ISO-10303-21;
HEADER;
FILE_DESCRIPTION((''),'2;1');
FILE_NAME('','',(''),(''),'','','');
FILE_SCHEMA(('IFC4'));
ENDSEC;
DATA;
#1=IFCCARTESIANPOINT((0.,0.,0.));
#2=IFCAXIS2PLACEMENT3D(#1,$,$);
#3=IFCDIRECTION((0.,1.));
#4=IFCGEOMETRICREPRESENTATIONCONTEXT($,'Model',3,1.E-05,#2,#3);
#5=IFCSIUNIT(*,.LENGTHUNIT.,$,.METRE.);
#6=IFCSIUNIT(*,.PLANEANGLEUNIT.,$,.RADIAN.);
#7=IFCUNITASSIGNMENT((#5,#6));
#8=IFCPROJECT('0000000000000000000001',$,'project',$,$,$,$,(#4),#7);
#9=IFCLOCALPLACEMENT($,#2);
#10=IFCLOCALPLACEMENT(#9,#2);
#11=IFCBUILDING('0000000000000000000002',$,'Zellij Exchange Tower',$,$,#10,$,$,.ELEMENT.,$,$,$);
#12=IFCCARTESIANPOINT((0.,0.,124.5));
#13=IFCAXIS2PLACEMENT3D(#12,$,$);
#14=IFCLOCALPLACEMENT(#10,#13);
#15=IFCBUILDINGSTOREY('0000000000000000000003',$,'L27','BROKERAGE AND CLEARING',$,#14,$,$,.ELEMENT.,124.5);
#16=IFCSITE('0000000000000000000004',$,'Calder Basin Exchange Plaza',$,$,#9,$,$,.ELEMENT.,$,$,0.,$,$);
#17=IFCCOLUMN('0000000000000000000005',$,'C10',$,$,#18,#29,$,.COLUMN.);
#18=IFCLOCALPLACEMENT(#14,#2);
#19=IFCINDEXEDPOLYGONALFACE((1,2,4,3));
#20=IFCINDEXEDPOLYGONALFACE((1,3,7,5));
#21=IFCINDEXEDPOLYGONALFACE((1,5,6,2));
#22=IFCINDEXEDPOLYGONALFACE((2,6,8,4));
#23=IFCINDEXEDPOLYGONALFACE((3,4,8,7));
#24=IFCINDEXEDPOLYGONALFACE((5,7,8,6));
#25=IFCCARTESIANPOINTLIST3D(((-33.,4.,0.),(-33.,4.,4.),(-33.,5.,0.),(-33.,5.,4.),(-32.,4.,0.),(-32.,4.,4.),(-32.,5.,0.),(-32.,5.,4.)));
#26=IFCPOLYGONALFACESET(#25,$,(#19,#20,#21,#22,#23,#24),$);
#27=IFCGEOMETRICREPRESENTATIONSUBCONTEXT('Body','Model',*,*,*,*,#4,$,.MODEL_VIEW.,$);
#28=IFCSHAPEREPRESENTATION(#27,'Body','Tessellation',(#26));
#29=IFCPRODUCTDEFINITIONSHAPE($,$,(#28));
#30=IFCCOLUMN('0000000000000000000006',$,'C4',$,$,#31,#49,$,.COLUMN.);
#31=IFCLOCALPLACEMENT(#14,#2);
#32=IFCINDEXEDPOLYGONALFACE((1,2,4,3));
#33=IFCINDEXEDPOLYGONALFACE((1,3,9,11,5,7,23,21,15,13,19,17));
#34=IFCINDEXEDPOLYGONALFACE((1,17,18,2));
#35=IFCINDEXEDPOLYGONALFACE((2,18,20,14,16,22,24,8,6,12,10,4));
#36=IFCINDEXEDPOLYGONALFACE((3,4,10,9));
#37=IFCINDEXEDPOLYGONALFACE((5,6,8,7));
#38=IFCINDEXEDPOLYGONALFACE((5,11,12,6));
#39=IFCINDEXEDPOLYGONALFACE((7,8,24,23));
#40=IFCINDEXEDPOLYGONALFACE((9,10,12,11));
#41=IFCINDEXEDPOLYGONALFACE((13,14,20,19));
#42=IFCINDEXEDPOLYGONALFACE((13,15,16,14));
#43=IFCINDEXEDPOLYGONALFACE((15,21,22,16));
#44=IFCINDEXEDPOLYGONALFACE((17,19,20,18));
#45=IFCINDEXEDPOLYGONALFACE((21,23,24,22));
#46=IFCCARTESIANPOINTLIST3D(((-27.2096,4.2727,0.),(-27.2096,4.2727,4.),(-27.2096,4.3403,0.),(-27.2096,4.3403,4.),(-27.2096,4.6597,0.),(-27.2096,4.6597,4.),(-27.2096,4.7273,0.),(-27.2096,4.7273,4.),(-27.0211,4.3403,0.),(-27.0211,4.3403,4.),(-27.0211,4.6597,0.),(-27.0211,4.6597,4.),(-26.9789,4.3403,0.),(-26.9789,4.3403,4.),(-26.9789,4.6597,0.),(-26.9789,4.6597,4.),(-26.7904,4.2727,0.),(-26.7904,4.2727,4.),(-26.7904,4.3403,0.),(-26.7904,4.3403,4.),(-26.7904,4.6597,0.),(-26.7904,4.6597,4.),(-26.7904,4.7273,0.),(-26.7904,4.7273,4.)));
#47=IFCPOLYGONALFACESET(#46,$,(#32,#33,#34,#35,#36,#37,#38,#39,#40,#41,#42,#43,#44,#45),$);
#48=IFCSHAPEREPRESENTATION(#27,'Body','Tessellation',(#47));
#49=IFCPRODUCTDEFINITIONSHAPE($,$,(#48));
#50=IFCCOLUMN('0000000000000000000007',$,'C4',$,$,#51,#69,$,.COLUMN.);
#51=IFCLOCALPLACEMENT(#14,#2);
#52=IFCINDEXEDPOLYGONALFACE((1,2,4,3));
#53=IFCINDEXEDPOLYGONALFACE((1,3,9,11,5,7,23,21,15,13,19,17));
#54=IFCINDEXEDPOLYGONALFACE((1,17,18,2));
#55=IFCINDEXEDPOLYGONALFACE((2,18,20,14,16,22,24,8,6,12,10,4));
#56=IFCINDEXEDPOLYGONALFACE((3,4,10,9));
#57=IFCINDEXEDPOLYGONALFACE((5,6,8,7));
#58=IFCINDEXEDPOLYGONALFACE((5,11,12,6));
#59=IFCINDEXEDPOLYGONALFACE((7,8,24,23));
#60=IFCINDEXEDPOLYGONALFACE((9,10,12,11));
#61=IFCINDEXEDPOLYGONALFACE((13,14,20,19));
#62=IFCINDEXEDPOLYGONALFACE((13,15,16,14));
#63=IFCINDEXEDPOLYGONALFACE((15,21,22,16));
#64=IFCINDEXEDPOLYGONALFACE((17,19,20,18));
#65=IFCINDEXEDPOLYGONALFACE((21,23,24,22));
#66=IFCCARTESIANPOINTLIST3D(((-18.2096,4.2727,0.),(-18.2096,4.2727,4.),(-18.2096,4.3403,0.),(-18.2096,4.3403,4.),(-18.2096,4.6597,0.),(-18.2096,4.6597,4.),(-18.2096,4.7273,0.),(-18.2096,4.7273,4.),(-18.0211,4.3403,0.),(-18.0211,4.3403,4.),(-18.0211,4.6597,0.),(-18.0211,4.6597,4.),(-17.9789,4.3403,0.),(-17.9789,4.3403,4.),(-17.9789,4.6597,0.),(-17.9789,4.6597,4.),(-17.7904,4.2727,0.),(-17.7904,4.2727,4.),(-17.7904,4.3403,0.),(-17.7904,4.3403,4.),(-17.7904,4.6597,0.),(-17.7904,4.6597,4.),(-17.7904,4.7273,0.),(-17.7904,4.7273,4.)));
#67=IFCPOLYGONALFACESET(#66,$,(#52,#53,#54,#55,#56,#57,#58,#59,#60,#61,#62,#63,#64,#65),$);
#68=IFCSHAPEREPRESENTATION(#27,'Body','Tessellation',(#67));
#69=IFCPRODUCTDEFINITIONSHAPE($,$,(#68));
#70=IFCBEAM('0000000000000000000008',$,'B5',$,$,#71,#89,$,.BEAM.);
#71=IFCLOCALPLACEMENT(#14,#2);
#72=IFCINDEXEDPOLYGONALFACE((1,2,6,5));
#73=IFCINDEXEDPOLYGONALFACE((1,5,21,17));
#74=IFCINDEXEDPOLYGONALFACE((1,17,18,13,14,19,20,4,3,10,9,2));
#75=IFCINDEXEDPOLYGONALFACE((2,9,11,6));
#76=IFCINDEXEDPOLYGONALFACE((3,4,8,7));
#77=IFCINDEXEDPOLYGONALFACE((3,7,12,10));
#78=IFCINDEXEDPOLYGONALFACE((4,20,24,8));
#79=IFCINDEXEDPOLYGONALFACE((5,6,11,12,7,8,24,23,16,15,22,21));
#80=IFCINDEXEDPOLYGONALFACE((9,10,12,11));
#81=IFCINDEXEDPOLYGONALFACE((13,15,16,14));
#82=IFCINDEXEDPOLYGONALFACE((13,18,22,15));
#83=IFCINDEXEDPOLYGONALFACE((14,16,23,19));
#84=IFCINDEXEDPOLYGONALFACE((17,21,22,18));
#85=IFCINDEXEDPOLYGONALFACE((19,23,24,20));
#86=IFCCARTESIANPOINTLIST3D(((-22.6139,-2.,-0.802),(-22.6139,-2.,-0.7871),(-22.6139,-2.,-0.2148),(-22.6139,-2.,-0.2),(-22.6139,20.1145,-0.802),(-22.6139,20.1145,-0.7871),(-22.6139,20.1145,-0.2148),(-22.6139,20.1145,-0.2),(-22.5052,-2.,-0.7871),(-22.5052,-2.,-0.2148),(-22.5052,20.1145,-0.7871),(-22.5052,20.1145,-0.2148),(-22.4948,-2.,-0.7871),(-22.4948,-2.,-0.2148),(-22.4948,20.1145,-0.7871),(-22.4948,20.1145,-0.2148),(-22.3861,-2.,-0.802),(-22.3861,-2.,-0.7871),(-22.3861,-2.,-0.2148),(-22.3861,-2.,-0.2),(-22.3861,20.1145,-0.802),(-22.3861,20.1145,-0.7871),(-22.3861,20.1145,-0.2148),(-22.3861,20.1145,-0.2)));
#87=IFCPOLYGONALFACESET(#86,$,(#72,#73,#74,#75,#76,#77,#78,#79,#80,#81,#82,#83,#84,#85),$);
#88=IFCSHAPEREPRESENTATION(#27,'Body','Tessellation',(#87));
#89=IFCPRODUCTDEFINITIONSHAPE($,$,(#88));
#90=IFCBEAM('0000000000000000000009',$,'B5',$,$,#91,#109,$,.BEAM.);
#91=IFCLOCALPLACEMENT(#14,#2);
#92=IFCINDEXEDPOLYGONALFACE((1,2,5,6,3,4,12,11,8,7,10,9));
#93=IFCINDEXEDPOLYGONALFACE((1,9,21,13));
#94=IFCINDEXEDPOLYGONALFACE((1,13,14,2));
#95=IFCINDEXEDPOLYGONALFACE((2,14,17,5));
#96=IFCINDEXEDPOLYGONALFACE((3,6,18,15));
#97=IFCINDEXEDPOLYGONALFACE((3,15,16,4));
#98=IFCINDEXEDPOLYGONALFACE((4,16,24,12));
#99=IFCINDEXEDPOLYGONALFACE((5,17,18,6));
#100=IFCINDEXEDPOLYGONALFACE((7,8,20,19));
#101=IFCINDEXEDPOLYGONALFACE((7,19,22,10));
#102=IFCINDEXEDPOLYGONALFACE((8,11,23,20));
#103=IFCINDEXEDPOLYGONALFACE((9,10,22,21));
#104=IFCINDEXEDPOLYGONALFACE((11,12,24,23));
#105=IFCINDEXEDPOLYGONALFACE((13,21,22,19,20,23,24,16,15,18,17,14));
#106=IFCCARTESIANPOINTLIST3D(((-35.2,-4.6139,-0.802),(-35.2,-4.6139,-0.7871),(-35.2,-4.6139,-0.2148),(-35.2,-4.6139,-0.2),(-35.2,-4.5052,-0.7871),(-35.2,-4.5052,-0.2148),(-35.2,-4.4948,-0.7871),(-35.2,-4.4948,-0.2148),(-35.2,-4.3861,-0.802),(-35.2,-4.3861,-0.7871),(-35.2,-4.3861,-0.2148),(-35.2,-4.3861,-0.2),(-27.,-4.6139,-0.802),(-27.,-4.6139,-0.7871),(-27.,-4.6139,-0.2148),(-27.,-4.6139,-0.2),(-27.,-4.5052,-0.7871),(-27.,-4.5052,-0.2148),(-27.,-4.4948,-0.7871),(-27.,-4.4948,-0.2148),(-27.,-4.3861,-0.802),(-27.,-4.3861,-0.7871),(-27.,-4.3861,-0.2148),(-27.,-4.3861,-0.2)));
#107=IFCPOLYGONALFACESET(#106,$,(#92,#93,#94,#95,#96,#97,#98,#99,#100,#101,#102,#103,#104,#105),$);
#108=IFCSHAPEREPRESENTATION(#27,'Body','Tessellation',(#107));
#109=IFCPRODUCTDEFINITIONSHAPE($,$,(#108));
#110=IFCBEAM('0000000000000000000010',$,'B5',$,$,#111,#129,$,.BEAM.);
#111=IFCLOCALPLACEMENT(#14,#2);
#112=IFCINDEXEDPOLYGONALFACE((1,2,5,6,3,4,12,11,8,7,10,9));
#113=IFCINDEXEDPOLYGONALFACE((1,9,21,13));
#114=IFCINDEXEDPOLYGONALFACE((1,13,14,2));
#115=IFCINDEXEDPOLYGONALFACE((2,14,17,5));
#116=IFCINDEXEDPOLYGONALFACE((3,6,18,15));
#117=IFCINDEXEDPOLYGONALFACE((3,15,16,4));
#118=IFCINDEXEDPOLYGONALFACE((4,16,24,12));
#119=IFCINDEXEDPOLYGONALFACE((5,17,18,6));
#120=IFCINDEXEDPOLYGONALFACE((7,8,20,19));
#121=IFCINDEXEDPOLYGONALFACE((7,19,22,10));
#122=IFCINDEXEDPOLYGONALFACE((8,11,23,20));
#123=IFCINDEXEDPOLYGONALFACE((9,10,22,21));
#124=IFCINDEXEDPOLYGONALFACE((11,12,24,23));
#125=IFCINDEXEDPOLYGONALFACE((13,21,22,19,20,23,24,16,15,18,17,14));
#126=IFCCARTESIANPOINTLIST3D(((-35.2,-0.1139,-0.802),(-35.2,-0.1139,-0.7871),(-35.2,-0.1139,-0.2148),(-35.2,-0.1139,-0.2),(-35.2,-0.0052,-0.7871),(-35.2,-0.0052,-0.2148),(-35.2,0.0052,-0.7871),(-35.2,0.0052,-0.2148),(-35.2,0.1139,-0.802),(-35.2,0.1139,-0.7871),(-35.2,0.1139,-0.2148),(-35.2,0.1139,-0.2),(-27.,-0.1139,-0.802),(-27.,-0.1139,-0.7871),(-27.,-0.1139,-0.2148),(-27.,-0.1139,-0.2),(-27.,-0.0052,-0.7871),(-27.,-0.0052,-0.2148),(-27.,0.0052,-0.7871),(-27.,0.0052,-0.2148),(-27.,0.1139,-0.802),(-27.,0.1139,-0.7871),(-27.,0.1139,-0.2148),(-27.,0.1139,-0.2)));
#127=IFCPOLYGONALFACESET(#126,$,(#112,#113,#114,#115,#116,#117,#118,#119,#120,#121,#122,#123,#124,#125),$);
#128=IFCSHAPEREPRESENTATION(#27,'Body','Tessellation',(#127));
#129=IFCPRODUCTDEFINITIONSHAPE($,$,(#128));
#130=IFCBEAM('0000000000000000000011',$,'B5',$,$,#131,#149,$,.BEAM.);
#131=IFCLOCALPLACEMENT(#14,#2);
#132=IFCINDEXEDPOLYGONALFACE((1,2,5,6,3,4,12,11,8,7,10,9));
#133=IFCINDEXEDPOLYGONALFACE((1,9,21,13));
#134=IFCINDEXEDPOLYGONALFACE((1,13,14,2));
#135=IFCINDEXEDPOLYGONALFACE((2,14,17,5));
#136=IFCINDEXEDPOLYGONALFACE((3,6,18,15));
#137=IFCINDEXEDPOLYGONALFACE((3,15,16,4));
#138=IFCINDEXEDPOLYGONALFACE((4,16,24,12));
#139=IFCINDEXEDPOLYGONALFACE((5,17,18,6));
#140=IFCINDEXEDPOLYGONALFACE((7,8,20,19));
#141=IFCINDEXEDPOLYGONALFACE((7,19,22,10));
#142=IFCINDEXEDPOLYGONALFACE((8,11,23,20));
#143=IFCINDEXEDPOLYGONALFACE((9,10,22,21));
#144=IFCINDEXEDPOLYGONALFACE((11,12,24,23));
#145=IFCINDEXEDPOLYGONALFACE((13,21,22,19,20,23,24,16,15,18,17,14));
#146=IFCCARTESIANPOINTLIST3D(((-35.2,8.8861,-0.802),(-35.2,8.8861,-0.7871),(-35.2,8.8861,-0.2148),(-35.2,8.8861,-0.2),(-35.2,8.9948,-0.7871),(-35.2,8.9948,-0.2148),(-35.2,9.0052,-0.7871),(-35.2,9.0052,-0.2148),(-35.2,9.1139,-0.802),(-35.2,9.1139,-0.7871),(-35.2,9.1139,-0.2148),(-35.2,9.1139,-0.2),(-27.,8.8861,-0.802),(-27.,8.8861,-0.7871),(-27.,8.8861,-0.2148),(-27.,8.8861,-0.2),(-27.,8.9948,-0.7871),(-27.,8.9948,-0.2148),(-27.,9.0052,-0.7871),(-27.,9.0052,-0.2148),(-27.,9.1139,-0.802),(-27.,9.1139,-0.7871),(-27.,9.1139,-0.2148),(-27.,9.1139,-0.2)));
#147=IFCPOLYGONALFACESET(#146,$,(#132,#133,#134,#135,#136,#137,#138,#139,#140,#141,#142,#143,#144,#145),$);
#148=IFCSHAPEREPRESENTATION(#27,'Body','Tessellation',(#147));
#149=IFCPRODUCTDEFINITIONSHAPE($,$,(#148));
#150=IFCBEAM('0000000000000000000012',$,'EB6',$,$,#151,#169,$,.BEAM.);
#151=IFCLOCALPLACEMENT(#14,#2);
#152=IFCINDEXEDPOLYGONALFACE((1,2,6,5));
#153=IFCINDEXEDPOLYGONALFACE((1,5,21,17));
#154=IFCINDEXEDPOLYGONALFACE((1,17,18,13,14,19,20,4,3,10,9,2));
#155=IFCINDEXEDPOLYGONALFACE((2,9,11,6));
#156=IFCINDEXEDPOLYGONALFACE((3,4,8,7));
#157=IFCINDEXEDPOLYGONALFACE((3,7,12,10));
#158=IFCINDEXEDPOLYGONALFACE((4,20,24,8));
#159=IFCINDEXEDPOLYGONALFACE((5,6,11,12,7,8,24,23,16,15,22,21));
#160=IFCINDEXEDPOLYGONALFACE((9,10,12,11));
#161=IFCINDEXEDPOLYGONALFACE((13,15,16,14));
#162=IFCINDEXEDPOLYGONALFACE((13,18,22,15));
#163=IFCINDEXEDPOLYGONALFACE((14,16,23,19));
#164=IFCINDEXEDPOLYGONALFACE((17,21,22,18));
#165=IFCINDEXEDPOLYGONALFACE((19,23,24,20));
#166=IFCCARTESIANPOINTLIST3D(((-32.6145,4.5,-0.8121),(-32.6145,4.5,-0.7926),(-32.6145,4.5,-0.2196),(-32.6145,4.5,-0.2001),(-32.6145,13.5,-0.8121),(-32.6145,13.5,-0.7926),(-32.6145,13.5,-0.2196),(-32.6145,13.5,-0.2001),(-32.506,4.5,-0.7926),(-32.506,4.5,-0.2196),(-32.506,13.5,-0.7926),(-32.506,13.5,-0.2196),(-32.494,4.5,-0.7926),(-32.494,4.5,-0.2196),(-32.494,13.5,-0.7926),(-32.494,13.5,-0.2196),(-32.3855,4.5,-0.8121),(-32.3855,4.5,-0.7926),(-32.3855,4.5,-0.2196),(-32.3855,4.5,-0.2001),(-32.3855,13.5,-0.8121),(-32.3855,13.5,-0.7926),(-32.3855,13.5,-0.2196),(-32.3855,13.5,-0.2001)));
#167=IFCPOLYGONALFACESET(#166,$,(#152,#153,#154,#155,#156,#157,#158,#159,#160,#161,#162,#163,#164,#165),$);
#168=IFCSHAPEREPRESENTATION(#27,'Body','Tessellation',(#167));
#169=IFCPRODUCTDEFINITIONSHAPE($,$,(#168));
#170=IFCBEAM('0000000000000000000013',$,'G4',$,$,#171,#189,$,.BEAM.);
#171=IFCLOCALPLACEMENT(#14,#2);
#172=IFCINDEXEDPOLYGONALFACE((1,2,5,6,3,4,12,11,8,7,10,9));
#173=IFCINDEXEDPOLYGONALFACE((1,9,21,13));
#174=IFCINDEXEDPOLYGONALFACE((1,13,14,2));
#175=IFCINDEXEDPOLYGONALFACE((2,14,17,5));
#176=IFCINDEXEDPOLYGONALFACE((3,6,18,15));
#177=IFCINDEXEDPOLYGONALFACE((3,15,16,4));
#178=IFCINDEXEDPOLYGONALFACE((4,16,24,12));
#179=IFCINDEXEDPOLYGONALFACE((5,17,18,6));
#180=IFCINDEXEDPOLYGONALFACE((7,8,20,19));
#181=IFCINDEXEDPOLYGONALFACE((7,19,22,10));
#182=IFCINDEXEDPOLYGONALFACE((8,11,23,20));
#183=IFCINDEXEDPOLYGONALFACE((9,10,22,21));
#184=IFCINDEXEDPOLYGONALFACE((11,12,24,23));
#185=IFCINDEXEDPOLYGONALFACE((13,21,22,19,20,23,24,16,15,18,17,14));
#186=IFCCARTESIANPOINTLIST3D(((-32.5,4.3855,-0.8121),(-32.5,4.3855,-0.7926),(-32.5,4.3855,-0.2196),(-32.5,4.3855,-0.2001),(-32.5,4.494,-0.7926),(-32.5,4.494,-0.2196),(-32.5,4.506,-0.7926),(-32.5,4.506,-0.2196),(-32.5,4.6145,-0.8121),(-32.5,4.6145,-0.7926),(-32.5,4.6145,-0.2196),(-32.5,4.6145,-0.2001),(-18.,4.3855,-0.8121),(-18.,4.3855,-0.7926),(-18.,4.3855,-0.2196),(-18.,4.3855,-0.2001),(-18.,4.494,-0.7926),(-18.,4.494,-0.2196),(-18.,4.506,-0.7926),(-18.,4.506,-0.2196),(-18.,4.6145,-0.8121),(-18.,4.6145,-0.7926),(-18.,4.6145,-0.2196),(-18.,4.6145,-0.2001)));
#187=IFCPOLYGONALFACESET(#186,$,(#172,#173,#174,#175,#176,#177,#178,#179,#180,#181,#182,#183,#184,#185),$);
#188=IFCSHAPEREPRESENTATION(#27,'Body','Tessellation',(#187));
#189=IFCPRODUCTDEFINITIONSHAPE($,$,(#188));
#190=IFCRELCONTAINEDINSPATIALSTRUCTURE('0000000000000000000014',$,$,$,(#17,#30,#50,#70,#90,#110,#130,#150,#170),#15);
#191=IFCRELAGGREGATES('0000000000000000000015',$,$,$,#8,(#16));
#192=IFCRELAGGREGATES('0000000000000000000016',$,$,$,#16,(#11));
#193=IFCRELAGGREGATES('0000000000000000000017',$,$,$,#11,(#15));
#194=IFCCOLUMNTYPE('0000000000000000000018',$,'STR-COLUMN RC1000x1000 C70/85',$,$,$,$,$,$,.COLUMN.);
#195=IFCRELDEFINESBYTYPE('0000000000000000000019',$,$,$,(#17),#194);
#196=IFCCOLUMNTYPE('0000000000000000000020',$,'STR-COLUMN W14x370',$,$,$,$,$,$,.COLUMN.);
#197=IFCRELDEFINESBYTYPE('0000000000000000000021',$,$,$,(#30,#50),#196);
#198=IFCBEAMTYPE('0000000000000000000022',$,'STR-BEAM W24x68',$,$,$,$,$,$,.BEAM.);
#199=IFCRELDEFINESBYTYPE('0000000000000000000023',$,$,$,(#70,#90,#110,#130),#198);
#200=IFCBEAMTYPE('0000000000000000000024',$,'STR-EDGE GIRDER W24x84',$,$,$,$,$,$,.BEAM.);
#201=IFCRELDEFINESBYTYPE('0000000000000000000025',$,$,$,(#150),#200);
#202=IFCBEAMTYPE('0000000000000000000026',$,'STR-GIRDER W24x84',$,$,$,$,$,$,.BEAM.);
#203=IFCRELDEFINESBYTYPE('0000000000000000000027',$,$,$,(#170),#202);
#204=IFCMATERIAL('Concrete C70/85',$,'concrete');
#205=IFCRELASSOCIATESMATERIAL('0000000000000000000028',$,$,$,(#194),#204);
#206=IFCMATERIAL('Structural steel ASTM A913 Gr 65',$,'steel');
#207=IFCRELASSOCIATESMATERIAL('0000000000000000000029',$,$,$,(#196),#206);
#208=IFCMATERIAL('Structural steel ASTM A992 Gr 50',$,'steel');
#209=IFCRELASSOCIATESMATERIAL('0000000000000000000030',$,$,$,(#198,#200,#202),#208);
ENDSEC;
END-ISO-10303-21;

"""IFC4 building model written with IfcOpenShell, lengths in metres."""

from ifc_helpers import new_model, si_unit, direction, frame, origin, origin_2d, place, context, subcontext, project, spatial, rectangle, i_section, extrude, material, material_profile, profile_set, type_object, element, save


model = new_model("IFC4")

# Units and contexts
model_context = context("Model", 3, precision=1e-05, world=origin(), true_north=direction((0.0, 1.0)))
body_context = subcontext(model_context, "Body", "Model", "MODEL_VIEW")
ifc_project = project(units=[si_unit("LENGTHUNIT", "METRE"), si_unit("PLANEANGLEUNIT", "RADIAN")], contexts=[model_context])

# Site, building, storey
site_placement = place(None, origin())
site = spatial("IfcSite", under=ifc_project, at=site_placement, Name="Calder Basin Exchange Plaza", CompositionType="ELEMENT", RefElevation=0.0)
building_placement = place(site_placement, origin())
building = spatial("IfcBuilding", under=site, at=building_placement, Name="Zellij Exchange Tower", CompositionType="ELEMENT")
storey_placement = place(building_placement, frame((0.0, 0.0, 124.5)))
storey = spatial("IfcBuildingStorey", under=building, at=storey_placement, Name="L27", Description="BROKERAGE AND CLEARING", CompositionType="ELEMENT", Elevation=124.5)

# Columns
ifc_material_1 = material(Name="Concrete C70/85", Category="concrete")
ifc_material_profile_1 = material_profile(ifc_material_1, rectangle(XDim=1.0, YDim=1.0, at=origin_2d()), Name="STR-COLUMN RC1000x1000 C70/85")
ifc_profile_set_1 = profile_set([ifc_material_profile_1], Name="Concrete C70/85")
column_type_1 = type_object("IfcColumnType", Name="STR-COLUMN RC1000x1000 C70/85", PredefinedType="COLUMN", material=ifc_profile_set_1)
column_placement = place(storey_placement, frame((-32.5, 4.5, 0.0), z_axis=(0.0, 0.0, 1.0), x_axis=(1.0, 0.0, 0.0)))
element("IfcColumn", 1, at=column_placement, inside=storey, type_object=column_type_1, Name="C10", PredefinedType="COLUMN", context=body_context, shape_type="SweptSolid", body=[
    extrude(rectangle(XDim=1.0, YDim=1.0, at=origin_2d()), origin(), (0.0, 0.0, 1.0), 4.0),
])
ifc_material_2 = material(Name="Structural steel ASTM A913 Gr 65", Category="steel")
ifc_material_profile_2 = material_profile(ifc_material_2, i_section(OverallWidth=0.4192, OverallDepth=0.4546, WebThickness=0.0422, FlangeThickness=0.0676, at=origin_2d()), Name="W14x370")
ifc_profile_set_2 = profile_set([ifc_material_profile_2], Name="Structural steel ASTM A913 Gr 65")
column_type_2 = type_object("IfcColumnType", Name="STR-COLUMN W14x370", PredefinedType="COLUMN", material=ifc_profile_set_2)
for number, where, z_axis, x_axis, name in (
    (2, (-27.0, 4.5, 0.0), (0.0, 0.0, 1.0), (1.0, 0.0, 0.0), "C4"),
    (3, (-18.0, 4.5, 0.0), (0.0, 0.0, 1.0), (1.0, 0.0, 0.0), "C4"),
):
    element("IfcColumn", number, at=place(storey_placement, frame(where, z_axis=z_axis, x_axis=x_axis)), inside=storey, type_object=column_type_2, Name=name, PredefinedType="COLUMN", context=body_context, shape_type="SweptSolid", body=[
        extrude(i_section(OverallWidth=0.4192, OverallDepth=0.4546, WebThickness=0.0422, FlangeThickness=0.0676, at=origin_2d()), origin(), (0.0, 0.0, 1.0), 4.0),
    ])

# Beams
ifc_material_3 = material(Name="Structural steel ASTM A992 Gr 50", Category="steel")
ifc_material_profile_3 = material_profile(ifc_material_3, i_section(OverallWidth=0.2278, OverallDepth=0.6021, WebThickness=0.0105, FlangeThickness=0.0149, at=origin_2d()), Name="W24x68")
ifc_profile_set_3 = profile_set([ifc_material_profile_3], Name="Structural steel ASTM A992 Gr 50")
beam_type_1 = type_object("IfcBeamType", Name="STR-BEAM W24x68", PredefinedType="BEAM", material=ifc_profile_set_3)
beam_1_placement = place(storey_placement, frame((-22.5, -2.0, -0.501), z_axis=(0.0, 1.0, 0.0), x_axis=(-1.0, 0.0, 0.0)))
element("IfcBeam", 4, at=beam_1_placement, inside=storey, type_object=beam_type_1, Name="B5", PredefinedType="BEAM", context=body_context, shape_type="SweptSolid", body=[
    extrude(i_section(OverallWidth=0.2278, OverallDepth=0.6021, WebThickness=0.0105, FlangeThickness=0.0149, at=origin_2d()), origin(), (0.0, 0.0, 1.0), 22.1145),
])
for number, where, z_axis, x_axis, name in (
    (5, (-35.2, -4.5, -0.501), (1.0, 0.0, 0.0), (0.0, 1.0, 0.0), "B5"),
    (6, (-35.2, 0.0, -0.501), (1.0, 0.0, 0.0), (0.0, 1.0, 0.0), "B5"),
    (7, (-35.2, 9.0, -0.501), (1.0, 0.0, 0.0), (0.0, 1.0, 0.0), "B5"),
):
    element("IfcBeam", number, at=place(storey_placement, frame(where, z_axis=z_axis, x_axis=x_axis)), inside=storey, type_object=beam_type_1, Name=name, PredefinedType="BEAM", context=body_context, shape_type="SweptSolid", body=[
        extrude(i_section(OverallWidth=0.2278, OverallDepth=0.6021, WebThickness=0.0105, FlangeThickness=0.0149, at=origin_2d()), origin(), (0.0, 0.0, 1.0), 8.2),
    ])
ifc_material_profile_4 = material_profile(ifc_material_3, i_section(OverallWidth=0.229, OverallDepth=0.6121, WebThickness=0.012, FlangeThickness=0.0195, at=origin_2d()), Name="W24x84")
ifc_profile_set_4 = profile_set([ifc_material_profile_4], Name="Structural steel ASTM A992 Gr 50")
beam_type_2 = type_object("IfcBeamType", Name="STR-EDGE GIRDER W24x84", PredefinedType="BEAM", material=ifc_profile_set_4)
beam_2_placement = place(storey_placement, frame((-32.5, 4.5, -0.5061), z_axis=(0.0, 1.0, 0.0), x_axis=(-1.0, 0.0, 0.0)))
element("IfcBeam", 8, at=beam_2_placement, inside=storey, type_object=beam_type_2, Name="EB6", PredefinedType="BEAM", context=body_context, shape_type="SweptSolid", body=[
    extrude(i_section(OverallWidth=0.229, OverallDepth=0.6121, WebThickness=0.012, FlangeThickness=0.0195, at=origin_2d()), origin(), (0.0, 0.0, 1.0), 9.0),
])
ifc_material_profile_5 = material_profile(ifc_material_3, i_section(OverallWidth=0.229, OverallDepth=0.6121, WebThickness=0.012, FlangeThickness=0.0195, at=origin_2d()), Name="W24x84")
ifc_profile_set_5 = profile_set([ifc_material_profile_5], Name="Structural steel ASTM A992 Gr 50")
beam_type_3 = type_object("IfcBeamType", Name="STR-GIRDER W24x84", PredefinedType="BEAM", material=ifc_profile_set_5)
beam_3_placement = place(storey_placement, frame((-32.5, 4.5, -0.5061), z_axis=(1.0, 0.0, 0.0), x_axis=(0.0, 1.0, 0.0)))
element("IfcBeam", 9, at=beam_3_placement, inside=storey, type_object=beam_type_3, Name="G4", PredefinedType="BEAM", context=body_context, shape_type="SweptSolid", body=[
    extrude(i_section(OverallWidth=0.229, OverallDepth=0.6121, WebThickness=0.012, FlangeThickness=0.0195, at=origin_2d()), origin(), (0.0, 0.0, 1.0), 14.5),
])

save(model, "model.ifc")
